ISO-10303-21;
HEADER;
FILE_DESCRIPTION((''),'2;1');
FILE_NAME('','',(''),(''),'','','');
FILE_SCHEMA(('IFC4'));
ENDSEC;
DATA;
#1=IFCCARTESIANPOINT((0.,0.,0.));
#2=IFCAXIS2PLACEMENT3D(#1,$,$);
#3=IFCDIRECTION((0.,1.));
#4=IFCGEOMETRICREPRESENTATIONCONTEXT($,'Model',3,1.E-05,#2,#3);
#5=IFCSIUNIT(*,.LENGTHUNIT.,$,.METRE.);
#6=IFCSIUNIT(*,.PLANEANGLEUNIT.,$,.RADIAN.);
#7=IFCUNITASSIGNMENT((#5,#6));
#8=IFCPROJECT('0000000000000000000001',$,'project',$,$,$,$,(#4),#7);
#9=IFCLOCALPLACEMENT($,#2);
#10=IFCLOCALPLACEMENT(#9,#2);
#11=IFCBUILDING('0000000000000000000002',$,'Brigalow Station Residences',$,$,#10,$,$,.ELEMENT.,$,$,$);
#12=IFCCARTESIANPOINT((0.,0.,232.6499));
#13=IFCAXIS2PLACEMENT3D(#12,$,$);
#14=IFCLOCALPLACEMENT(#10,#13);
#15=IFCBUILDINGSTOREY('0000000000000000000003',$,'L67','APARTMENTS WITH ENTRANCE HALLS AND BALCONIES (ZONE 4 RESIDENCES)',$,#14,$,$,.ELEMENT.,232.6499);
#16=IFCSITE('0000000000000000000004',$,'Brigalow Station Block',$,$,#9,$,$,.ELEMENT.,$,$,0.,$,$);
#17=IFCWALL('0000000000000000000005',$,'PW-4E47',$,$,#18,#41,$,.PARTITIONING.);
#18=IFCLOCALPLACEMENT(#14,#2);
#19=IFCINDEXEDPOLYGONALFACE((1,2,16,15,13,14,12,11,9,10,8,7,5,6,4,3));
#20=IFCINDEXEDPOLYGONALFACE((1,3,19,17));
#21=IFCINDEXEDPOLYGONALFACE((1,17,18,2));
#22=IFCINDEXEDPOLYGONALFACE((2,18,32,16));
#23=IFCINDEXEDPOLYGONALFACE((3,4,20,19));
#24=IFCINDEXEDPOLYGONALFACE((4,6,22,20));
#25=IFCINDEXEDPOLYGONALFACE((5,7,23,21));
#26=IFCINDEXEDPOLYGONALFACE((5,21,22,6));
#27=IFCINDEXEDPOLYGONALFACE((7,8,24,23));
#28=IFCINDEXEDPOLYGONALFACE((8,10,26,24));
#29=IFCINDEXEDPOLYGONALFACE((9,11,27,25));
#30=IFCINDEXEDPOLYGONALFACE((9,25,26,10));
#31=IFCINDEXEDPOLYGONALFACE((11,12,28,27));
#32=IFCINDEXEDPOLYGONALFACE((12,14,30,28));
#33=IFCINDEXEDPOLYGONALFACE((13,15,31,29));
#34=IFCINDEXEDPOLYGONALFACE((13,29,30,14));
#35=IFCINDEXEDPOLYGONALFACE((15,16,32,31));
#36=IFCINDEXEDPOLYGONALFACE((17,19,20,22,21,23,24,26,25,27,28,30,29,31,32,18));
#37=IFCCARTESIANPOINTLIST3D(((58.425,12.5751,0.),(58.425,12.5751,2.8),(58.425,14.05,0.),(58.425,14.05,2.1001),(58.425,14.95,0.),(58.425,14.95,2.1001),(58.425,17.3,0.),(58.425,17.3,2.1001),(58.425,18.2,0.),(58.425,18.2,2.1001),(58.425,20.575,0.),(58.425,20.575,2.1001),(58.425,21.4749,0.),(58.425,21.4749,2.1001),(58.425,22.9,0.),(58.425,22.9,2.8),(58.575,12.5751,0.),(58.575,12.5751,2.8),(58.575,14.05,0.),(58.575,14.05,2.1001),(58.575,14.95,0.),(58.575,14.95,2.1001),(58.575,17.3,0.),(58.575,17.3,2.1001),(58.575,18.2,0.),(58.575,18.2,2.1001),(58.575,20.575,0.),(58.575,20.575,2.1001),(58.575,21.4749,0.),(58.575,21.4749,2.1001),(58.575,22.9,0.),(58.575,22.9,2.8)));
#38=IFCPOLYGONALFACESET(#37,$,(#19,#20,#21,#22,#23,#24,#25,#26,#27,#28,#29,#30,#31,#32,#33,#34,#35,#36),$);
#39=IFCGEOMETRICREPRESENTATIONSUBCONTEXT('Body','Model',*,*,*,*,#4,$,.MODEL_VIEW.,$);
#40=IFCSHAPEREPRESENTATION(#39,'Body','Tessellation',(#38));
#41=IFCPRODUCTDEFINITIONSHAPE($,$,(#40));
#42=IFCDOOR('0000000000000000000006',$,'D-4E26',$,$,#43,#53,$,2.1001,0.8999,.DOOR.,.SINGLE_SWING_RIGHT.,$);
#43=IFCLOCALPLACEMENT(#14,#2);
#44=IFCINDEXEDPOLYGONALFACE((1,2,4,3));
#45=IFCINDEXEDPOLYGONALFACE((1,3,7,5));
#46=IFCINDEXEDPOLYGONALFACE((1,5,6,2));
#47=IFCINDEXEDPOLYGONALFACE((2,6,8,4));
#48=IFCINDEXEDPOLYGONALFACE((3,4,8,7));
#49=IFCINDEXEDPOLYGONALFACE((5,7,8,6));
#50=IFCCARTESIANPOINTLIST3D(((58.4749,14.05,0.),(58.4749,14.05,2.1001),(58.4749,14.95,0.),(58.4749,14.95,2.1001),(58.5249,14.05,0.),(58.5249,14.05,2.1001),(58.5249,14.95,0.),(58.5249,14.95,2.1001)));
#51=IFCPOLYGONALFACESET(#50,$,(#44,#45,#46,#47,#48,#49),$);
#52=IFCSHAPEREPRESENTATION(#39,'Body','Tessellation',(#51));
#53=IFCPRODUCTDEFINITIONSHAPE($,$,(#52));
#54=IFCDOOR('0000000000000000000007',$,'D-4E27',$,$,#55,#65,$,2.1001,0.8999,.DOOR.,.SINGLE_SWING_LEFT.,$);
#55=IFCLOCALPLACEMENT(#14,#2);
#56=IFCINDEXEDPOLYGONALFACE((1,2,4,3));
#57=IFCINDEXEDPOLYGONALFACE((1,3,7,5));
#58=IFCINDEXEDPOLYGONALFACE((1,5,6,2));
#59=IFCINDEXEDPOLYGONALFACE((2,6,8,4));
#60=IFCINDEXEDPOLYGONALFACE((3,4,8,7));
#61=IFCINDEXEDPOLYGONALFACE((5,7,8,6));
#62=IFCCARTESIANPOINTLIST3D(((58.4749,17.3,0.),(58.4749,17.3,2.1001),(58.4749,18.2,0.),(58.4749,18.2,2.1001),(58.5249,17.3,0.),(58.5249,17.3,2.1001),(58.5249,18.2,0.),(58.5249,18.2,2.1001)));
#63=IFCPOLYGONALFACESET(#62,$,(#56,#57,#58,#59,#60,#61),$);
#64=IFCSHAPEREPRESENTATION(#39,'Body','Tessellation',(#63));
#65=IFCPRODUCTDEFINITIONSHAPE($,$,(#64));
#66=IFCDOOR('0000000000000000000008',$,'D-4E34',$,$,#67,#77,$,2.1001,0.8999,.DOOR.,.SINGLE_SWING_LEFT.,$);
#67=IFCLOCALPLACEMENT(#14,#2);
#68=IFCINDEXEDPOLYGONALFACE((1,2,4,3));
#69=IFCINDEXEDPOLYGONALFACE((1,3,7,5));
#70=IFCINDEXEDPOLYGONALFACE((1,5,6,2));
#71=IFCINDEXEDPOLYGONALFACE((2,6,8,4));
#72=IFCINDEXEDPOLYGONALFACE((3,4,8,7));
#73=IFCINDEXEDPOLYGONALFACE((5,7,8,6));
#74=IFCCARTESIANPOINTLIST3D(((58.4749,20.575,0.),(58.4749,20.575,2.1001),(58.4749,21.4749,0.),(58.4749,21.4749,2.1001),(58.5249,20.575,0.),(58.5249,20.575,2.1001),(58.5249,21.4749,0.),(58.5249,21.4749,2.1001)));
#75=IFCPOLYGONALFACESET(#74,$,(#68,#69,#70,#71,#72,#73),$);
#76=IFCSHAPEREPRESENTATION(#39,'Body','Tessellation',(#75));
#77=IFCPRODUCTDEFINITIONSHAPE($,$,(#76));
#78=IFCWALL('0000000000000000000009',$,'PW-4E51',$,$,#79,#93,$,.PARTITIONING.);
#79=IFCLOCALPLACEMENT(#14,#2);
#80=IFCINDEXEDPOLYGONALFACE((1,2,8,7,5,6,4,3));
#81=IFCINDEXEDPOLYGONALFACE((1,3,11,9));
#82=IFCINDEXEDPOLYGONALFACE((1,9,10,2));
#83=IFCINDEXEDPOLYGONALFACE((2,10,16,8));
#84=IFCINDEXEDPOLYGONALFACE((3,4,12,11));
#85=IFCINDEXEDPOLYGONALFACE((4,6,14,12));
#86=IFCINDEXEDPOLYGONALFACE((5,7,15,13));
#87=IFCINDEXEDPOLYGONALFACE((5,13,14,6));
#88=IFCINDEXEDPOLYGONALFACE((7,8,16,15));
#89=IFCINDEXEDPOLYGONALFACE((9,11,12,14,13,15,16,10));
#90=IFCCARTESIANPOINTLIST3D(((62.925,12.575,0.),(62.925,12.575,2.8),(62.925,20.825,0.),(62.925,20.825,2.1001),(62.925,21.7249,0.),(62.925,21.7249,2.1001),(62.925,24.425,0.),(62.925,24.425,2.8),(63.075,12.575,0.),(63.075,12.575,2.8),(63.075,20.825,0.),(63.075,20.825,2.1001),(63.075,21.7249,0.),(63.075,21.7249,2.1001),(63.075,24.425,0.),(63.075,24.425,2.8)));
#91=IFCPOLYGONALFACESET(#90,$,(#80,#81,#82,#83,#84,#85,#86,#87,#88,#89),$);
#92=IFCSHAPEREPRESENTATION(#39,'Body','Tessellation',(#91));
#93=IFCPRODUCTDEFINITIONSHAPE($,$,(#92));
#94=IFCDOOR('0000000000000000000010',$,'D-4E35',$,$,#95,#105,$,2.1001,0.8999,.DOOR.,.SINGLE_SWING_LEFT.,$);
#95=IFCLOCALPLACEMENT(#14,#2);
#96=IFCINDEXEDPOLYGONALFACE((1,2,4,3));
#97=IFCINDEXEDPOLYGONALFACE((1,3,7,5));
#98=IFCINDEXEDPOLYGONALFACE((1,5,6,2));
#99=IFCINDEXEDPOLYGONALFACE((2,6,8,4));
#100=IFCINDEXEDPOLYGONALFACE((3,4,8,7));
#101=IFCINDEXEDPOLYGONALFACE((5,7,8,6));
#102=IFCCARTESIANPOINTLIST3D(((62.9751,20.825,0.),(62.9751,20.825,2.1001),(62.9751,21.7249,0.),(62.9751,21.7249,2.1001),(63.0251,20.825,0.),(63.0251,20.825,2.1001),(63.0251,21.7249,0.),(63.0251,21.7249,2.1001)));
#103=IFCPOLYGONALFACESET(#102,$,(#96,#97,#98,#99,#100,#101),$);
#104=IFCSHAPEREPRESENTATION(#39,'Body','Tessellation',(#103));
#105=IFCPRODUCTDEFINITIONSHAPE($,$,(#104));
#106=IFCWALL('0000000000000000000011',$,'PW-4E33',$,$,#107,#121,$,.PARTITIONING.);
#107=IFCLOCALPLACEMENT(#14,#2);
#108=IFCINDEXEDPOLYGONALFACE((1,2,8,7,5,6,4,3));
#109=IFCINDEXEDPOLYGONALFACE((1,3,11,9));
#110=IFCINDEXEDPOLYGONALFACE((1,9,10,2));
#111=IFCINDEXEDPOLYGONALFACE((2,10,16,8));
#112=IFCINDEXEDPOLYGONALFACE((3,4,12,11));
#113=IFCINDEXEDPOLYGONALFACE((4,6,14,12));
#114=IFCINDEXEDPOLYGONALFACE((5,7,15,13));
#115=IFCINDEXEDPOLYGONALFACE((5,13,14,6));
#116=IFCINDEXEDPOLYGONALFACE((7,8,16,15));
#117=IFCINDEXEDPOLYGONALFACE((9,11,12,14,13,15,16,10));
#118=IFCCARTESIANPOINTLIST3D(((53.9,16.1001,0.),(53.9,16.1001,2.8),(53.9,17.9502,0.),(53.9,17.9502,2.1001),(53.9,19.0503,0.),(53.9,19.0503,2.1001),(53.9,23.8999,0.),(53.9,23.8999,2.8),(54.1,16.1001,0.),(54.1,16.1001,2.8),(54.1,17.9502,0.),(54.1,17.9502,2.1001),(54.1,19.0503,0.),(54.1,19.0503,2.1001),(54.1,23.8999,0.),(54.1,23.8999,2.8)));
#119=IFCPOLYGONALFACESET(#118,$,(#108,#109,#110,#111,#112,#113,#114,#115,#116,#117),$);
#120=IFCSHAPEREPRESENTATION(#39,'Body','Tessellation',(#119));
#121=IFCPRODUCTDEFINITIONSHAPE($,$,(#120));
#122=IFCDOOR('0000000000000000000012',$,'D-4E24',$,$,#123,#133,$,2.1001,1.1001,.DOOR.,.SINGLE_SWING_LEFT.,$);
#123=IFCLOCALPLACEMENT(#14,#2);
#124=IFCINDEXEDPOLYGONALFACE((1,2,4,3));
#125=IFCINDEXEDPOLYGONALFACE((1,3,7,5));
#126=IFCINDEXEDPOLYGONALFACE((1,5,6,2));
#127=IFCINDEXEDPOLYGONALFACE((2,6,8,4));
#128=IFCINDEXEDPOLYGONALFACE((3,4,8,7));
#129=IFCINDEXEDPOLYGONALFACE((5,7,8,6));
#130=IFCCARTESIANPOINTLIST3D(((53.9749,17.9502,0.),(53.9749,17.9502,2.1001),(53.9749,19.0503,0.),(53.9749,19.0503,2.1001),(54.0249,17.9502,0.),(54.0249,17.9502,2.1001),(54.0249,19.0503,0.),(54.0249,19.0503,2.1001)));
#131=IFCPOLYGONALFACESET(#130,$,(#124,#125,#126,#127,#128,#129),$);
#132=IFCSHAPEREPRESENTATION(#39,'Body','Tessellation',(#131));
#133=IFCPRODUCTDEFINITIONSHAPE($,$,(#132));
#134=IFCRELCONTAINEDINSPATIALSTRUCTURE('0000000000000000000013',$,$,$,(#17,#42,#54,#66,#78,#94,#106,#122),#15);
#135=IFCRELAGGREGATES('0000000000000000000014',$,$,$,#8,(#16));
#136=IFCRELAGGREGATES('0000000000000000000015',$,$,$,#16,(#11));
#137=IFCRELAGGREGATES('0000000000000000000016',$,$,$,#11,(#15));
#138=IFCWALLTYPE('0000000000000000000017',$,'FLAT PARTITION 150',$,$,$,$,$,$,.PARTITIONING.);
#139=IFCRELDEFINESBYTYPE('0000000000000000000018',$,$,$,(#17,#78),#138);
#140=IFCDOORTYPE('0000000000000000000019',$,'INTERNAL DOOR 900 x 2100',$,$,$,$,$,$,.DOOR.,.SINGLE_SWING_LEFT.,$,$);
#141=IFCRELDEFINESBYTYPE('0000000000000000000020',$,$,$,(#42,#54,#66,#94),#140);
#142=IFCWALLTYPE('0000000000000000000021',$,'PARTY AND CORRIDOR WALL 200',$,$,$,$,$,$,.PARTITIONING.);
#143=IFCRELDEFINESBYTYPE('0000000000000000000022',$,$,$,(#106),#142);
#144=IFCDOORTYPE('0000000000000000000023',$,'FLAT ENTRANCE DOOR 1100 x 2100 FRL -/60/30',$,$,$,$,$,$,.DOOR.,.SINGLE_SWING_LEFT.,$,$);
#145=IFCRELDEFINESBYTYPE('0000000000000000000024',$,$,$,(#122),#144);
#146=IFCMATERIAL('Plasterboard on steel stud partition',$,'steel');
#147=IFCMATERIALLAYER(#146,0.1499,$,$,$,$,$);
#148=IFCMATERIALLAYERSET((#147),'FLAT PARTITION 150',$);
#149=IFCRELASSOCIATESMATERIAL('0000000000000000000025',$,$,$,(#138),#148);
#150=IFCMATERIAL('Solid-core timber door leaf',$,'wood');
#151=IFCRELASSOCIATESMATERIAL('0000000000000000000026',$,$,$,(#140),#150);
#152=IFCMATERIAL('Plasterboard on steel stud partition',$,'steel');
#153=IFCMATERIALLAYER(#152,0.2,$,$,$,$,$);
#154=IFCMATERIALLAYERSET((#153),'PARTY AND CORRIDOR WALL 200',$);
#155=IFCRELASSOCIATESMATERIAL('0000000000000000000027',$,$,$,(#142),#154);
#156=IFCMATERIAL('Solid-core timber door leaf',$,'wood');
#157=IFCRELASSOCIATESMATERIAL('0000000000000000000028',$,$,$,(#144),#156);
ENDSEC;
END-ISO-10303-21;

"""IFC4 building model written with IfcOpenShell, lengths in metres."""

from ifc_helpers import new_model, si_unit, direction, frame, frame_2d, origin, place, context, subcontext, project, spatial, rectangle, extrude, material, layer, layer_set, type_object, element, fill, save


model = new_model("IFC4")

# Units and contexts
model_context = context("Model", 3, precision=1e-05, world=origin(), true_north=direction((0.0, 1.0)))
body_context = subcontext(model_context, "Body", "Model", "MODEL_VIEW")
ifc_project = project(units=[si_unit("LENGTHUNIT", "METRE"), si_unit("PLANEANGLEUNIT", "RADIAN")], contexts=[model_context])

# Site, building, storey
site_placement = place(None, origin())
site = spatial("IfcSite", under=ifc_project, at=site_placement, Name="Brigalow Station Block", CompositionType="ELEMENT", RefElevation=0.0)
building_placement = place(site_placement, origin())
building = spatial("IfcBuilding", under=site, at=building_placement, Name="Brigalow Station Residences", CompositionType="ELEMENT")
storey_placement = place(building_placement, frame((0.0, 0.0, 232.6499)))
storey = spatial("IfcBuildingStorey", under=building, at=storey_placement, Name="L67", Description="APARTMENTS WITH ENTRANCE HALLS AND BALCONIES (ZONE 4 RESIDENCES)", CompositionType="ELEMENT", Elevation=232.6499)

# Shared definitions
ifc_material_1 = material(Name="Plasterboard on steel stud partition", Category="steel")
ifc_layer_1 = layer(ifc_material_1, 0.1499)
ifc_layer_set_1 = layer_set([ifc_layer_1], Name="FLAT PARTITION 150")
wall_type_1 = type_object("IfcWallType", Name="FLAT PARTITION 150", PredefinedType="PARTITIONING", material=ifc_layer_set_1)

# Wall, openings, doors
wall_1_placement = place(storey_placement, frame((58.5, 12.575, 0.0), z_axis=(0.0, 0.0, 1.0), x_axis=(0.0, 1.0, 0.0)))
wall_1 = element("IfcWall", 1, at=wall_1_placement, inside=storey, type_object=wall_type_1, Name="PW-4E47", PredefinedType="PARTITIONING", context=body_context, shape_type="SweptSolid", body=[
    extrude(rectangle(XDim=10.325, YDim=0.1499, at=frame_2d((5.1626, 0.0))), origin(), (0.0, 0.0, 1.0), 2.8),
])
opening_1_placement = place(wall_1_placement, frame((1.4751, 0.0, 0.0)))
opening_1 = element("IfcOpeningElement", 2, at=opening_1_placement, cuts=wall_1, PredefinedType="OPENING", context=body_context, shape_type="SweptSolid", body=[
    extrude(rectangle(XDim=0.8999, YDim=2.1001, at=frame_2d((0.45, 1.05))), frame((0.0, 0.085, 0.0), z_axis=(0.0, -1.0, 0.0), x_axis=(1.0, 0.0, 0.0)), (0.0, 0.0, 1.0), 0.1699),
])
opening_2_placement = place(wall_1_placement, frame((4.7251, 0.0, 0.0)))
opening_2 = element("IfcOpeningElement", 3, at=opening_2_placement, cuts=wall_1, PredefinedType="OPENING", context=body_context, shape_type="SweptSolid", body=[
    extrude(rectangle(XDim=0.8999, YDim=2.1001, at=frame_2d((0.45, 1.05))), frame((0.0, 0.085, 0.0), z_axis=(0.0, -1.0, 0.0), x_axis=(1.0, 0.0, 0.0)), (0.0, 0.0, 1.0), 0.1699),
])
opening_3_placement = place(wall_1_placement, frame((8.0, 0.0, 0.0)))
opening_3 = element("IfcOpeningElement", 4, at=opening_3_placement, cuts=wall_1, PredefinedType="OPENING", context=body_context, shape_type="SweptSolid", body=[
    extrude(rectangle(XDim=0.8999, YDim=2.1001, at=frame_2d((0.45, 1.05))), frame((0.0, 0.085, 0.0), z_axis=(0.0, -1.0, 0.0), x_axis=(1.0, 0.0, 0.0)), (0.0, 0.0, 1.0), 0.1699),
])
ifc_material_2 = material(Name="Solid-core timber door leaf", Category="wood")
door_type_1 = type_object("IfcDoorType", Name="INTERNAL DOOR 900 x 2100", OperationType="SINGLE_SWING_LEFT", PredefinedType="DOOR", material=ifc_material_2)
door_1_placement = place(opening_1_placement, frame((0.8999, 0.0, 0.0), z_axis=(0.0, 0.0, 1.0), x_axis=(-1.0, 0.0, 0.0)))
door_1 = element("IfcDoor", 5, at=door_1_placement, inside=storey, type_object=door_type_1, Name="D-4E26", OperationType="SINGLE_SWING_RIGHT", OverallHeight=2.1001, OverallWidth=0.8999, PredefinedType="DOOR", context=body_context, shape_type="SweptSolid", body=[
    extrude(rectangle(XDim=0.8999, YDim=2.1001, at=frame_2d((0.45, 1.05))), frame((0.0, 0.0249, 0.0), z_axis=(0.0, -1.0, 0.0), x_axis=(1.0, 0.0, 0.0)), (0.0, 0.0, 1.0), 0.05),
])
fill(opening_1, door_1)
door_2_placement = place(opening_2_placement, frame((0.8999, 0.0, 0.0), z_axis=(0.0, 0.0, 1.0), x_axis=(-1.0, 0.0, 0.0)))
door_2 = element("IfcDoor", 6, at=door_2_placement, inside=storey, type_object=door_type_1, Name="D-4E27", OperationType="SINGLE_SWING_LEFT", OverallHeight=2.1001, OverallWidth=0.8999, PredefinedType="DOOR", context=body_context, shape_type="SweptSolid", body=[
    extrude(rectangle(XDim=0.8999, YDim=2.1001, at=frame_2d((0.45, 1.05))), frame((0.0, 0.0249, 0.0), z_axis=(0.0, -1.0, 0.0), x_axis=(1.0, 0.0, 0.0)), (0.0, 0.0, 1.0), 0.05),
])
fill(opening_2, door_2)
door_3_placement = place(opening_3_placement, frame((0.8999, 0.0, 0.0), z_axis=(0.0, 0.0, 1.0), x_axis=(-1.0, 0.0, 0.0)))
door_3 = element("IfcDoor", 7, at=door_3_placement, inside=storey, type_object=door_type_1, Name="D-4E34", OperationType="SINGLE_SWING_LEFT", OverallHeight=2.1001, OverallWidth=0.8999, PredefinedType="DOOR", context=body_context, shape_type="SweptSolid", body=[
    extrude(rectangle(XDim=0.8999, YDim=2.1001, at=frame_2d((0.45, 1.05))), frame((0.0, 0.0249, 0.0), z_axis=(0.0, -1.0, 0.0), x_axis=(1.0, 0.0, 0.0)), (0.0, 0.0, 1.0), 0.05),
])
fill(opening_3, door_3)

# Walls, openings, doors
wall_2_placement = place(storey_placement, frame((63.0, 12.575, 0.0), z_axis=(0.0, 0.0, 1.0), x_axis=(0.0, 1.0, 0.0)))
wall_2 = element("IfcWall", 8, at=wall_2_placement, inside=storey, type_object=wall_type_1, Name="PW-4E51", PredefinedType="PARTITIONING", context=body_context, shape_type="SweptSolid", body=[
    extrude(rectangle(XDim=11.8501, YDim=0.1499, at=frame_2d((5.925, 0.0))), origin(), (0.0, 0.0, 1.0), 2.8),
])
opening_4_placement = place(wall_2_placement, frame((8.25, 0.0, 0.0)))
opening_4 = element("IfcOpeningElement", 9, at=opening_4_placement, cuts=wall_2, PredefinedType="OPENING", context=body_context, shape_type="SweptSolid", body=[
    extrude(rectangle(XDim=0.8999, YDim=2.1001, at=frame_2d((0.45, 1.05))), frame((0.0, 0.085, 0.0), z_axis=(0.0, -1.0, 0.0), x_axis=(1.0, 0.0, 0.0)), (0.0, 0.0, 1.0), 0.1699),
])
door_4_placement = place(opening_4_placement, origin())
door_4 = element("IfcDoor", 10, at=door_4_placement, inside=storey, type_object=door_type_1, Name="D-4E35", OperationType="SINGLE_SWING_LEFT", OverallHeight=2.1001, OverallWidth=0.8999, PredefinedType="DOOR", context=body_context, shape_type="SweptSolid", body=[
    extrude(rectangle(XDim=0.8999, YDim=2.1001, at=frame_2d((0.45, 1.05))), frame((0.0, 0.0249, 0.0), z_axis=(0.0, -1.0, 0.0), x_axis=(1.0, 0.0, 0.0)), (0.0, 0.0, 1.0), 0.05),
])
fill(opening_4, door_4)
ifc_material_3 = material(Name="Plasterboard on steel stud partition", Category="steel")
ifc_layer_2 = layer(ifc_material_3, 0.2)
ifc_layer_set_2 = layer_set([ifc_layer_2], Name="PARTY AND CORRIDOR WALL 200")
wall_type_2 = type_object("IfcWallType", Name="PARTY AND CORRIDOR WALL 200", PredefinedType="PARTITIONING", material=ifc_layer_set_2)
wall_3_placement = place(storey_placement, frame((54.0, 16.1001, 0.0), z_axis=(0.0, 0.0, 1.0), x_axis=(0.0, 1.0, 0.0)))
wall_3 = element("IfcWall", 11, at=wall_3_placement, inside=storey, type_object=wall_type_2, Name="PW-4E33", PredefinedType="PARTITIONING", context=body_context, shape_type="SweptSolid", body=[
    extrude(rectangle(XDim=7.7998, YDim=0.2, at=frame_2d((3.8999, 0.0))), origin(), (0.0, 0.0, 1.0), 2.8),
])
opening_5_placement = place(wall_3_placement, frame((1.8501, 0.0, 0.0)))
opening_5 = element("IfcOpeningElement", 12, at=opening_5_placement, cuts=wall_3, PredefinedType="OPENING", context=body_context, shape_type="SweptSolid", body=[
    extrude(rectangle(XDim=1.1001, YDim=2.1001, at=frame_2d((0.55, 1.05))), frame((0.0, 0.1099, 0.0), z_axis=(0.0, -1.0, 0.0), x_axis=(1.0, 0.0, 0.0)), (0.0, 0.0, 1.0), 0.22),
])
ifc_material_4 = material(Name="Solid-core timber door leaf", Category="wood")
door_type_2 = type_object("IfcDoorType", Name="FLAT ENTRANCE DOOR 1100 x 2100 FRL -/60/30", OperationType="SINGLE_SWING_LEFT", PredefinedType="DOOR", material=ifc_material_4)
door_5_placement = place(opening_5_placement, frame((1.1001, 0.0, 0.0), z_axis=(0.0, 0.0, 1.0), x_axis=(-1.0, 0.0, 0.0)))
door_5 = element("IfcDoor", 13, at=door_5_placement, inside=storey, type_object=door_type_2, Name="D-4E24", OperationType="SINGLE_SWING_LEFT", OverallHeight=2.1001, OverallWidth=1.1001, PredefinedType="DOOR", context=body_context, shape_type="SweptSolid", body=[
    extrude(rectangle(XDim=1.1001, YDim=2.1001, at=frame_2d((0.55, 1.05))), frame((0.0, 0.0249, 0.0), z_axis=(0.0, -1.0, 0.0), x_axis=(1.0, 0.0, 0.0)), (0.0, 0.0, 1.0), 0.05),
])
fill(opening_5, door_5)

save(model, "model.ifc")
